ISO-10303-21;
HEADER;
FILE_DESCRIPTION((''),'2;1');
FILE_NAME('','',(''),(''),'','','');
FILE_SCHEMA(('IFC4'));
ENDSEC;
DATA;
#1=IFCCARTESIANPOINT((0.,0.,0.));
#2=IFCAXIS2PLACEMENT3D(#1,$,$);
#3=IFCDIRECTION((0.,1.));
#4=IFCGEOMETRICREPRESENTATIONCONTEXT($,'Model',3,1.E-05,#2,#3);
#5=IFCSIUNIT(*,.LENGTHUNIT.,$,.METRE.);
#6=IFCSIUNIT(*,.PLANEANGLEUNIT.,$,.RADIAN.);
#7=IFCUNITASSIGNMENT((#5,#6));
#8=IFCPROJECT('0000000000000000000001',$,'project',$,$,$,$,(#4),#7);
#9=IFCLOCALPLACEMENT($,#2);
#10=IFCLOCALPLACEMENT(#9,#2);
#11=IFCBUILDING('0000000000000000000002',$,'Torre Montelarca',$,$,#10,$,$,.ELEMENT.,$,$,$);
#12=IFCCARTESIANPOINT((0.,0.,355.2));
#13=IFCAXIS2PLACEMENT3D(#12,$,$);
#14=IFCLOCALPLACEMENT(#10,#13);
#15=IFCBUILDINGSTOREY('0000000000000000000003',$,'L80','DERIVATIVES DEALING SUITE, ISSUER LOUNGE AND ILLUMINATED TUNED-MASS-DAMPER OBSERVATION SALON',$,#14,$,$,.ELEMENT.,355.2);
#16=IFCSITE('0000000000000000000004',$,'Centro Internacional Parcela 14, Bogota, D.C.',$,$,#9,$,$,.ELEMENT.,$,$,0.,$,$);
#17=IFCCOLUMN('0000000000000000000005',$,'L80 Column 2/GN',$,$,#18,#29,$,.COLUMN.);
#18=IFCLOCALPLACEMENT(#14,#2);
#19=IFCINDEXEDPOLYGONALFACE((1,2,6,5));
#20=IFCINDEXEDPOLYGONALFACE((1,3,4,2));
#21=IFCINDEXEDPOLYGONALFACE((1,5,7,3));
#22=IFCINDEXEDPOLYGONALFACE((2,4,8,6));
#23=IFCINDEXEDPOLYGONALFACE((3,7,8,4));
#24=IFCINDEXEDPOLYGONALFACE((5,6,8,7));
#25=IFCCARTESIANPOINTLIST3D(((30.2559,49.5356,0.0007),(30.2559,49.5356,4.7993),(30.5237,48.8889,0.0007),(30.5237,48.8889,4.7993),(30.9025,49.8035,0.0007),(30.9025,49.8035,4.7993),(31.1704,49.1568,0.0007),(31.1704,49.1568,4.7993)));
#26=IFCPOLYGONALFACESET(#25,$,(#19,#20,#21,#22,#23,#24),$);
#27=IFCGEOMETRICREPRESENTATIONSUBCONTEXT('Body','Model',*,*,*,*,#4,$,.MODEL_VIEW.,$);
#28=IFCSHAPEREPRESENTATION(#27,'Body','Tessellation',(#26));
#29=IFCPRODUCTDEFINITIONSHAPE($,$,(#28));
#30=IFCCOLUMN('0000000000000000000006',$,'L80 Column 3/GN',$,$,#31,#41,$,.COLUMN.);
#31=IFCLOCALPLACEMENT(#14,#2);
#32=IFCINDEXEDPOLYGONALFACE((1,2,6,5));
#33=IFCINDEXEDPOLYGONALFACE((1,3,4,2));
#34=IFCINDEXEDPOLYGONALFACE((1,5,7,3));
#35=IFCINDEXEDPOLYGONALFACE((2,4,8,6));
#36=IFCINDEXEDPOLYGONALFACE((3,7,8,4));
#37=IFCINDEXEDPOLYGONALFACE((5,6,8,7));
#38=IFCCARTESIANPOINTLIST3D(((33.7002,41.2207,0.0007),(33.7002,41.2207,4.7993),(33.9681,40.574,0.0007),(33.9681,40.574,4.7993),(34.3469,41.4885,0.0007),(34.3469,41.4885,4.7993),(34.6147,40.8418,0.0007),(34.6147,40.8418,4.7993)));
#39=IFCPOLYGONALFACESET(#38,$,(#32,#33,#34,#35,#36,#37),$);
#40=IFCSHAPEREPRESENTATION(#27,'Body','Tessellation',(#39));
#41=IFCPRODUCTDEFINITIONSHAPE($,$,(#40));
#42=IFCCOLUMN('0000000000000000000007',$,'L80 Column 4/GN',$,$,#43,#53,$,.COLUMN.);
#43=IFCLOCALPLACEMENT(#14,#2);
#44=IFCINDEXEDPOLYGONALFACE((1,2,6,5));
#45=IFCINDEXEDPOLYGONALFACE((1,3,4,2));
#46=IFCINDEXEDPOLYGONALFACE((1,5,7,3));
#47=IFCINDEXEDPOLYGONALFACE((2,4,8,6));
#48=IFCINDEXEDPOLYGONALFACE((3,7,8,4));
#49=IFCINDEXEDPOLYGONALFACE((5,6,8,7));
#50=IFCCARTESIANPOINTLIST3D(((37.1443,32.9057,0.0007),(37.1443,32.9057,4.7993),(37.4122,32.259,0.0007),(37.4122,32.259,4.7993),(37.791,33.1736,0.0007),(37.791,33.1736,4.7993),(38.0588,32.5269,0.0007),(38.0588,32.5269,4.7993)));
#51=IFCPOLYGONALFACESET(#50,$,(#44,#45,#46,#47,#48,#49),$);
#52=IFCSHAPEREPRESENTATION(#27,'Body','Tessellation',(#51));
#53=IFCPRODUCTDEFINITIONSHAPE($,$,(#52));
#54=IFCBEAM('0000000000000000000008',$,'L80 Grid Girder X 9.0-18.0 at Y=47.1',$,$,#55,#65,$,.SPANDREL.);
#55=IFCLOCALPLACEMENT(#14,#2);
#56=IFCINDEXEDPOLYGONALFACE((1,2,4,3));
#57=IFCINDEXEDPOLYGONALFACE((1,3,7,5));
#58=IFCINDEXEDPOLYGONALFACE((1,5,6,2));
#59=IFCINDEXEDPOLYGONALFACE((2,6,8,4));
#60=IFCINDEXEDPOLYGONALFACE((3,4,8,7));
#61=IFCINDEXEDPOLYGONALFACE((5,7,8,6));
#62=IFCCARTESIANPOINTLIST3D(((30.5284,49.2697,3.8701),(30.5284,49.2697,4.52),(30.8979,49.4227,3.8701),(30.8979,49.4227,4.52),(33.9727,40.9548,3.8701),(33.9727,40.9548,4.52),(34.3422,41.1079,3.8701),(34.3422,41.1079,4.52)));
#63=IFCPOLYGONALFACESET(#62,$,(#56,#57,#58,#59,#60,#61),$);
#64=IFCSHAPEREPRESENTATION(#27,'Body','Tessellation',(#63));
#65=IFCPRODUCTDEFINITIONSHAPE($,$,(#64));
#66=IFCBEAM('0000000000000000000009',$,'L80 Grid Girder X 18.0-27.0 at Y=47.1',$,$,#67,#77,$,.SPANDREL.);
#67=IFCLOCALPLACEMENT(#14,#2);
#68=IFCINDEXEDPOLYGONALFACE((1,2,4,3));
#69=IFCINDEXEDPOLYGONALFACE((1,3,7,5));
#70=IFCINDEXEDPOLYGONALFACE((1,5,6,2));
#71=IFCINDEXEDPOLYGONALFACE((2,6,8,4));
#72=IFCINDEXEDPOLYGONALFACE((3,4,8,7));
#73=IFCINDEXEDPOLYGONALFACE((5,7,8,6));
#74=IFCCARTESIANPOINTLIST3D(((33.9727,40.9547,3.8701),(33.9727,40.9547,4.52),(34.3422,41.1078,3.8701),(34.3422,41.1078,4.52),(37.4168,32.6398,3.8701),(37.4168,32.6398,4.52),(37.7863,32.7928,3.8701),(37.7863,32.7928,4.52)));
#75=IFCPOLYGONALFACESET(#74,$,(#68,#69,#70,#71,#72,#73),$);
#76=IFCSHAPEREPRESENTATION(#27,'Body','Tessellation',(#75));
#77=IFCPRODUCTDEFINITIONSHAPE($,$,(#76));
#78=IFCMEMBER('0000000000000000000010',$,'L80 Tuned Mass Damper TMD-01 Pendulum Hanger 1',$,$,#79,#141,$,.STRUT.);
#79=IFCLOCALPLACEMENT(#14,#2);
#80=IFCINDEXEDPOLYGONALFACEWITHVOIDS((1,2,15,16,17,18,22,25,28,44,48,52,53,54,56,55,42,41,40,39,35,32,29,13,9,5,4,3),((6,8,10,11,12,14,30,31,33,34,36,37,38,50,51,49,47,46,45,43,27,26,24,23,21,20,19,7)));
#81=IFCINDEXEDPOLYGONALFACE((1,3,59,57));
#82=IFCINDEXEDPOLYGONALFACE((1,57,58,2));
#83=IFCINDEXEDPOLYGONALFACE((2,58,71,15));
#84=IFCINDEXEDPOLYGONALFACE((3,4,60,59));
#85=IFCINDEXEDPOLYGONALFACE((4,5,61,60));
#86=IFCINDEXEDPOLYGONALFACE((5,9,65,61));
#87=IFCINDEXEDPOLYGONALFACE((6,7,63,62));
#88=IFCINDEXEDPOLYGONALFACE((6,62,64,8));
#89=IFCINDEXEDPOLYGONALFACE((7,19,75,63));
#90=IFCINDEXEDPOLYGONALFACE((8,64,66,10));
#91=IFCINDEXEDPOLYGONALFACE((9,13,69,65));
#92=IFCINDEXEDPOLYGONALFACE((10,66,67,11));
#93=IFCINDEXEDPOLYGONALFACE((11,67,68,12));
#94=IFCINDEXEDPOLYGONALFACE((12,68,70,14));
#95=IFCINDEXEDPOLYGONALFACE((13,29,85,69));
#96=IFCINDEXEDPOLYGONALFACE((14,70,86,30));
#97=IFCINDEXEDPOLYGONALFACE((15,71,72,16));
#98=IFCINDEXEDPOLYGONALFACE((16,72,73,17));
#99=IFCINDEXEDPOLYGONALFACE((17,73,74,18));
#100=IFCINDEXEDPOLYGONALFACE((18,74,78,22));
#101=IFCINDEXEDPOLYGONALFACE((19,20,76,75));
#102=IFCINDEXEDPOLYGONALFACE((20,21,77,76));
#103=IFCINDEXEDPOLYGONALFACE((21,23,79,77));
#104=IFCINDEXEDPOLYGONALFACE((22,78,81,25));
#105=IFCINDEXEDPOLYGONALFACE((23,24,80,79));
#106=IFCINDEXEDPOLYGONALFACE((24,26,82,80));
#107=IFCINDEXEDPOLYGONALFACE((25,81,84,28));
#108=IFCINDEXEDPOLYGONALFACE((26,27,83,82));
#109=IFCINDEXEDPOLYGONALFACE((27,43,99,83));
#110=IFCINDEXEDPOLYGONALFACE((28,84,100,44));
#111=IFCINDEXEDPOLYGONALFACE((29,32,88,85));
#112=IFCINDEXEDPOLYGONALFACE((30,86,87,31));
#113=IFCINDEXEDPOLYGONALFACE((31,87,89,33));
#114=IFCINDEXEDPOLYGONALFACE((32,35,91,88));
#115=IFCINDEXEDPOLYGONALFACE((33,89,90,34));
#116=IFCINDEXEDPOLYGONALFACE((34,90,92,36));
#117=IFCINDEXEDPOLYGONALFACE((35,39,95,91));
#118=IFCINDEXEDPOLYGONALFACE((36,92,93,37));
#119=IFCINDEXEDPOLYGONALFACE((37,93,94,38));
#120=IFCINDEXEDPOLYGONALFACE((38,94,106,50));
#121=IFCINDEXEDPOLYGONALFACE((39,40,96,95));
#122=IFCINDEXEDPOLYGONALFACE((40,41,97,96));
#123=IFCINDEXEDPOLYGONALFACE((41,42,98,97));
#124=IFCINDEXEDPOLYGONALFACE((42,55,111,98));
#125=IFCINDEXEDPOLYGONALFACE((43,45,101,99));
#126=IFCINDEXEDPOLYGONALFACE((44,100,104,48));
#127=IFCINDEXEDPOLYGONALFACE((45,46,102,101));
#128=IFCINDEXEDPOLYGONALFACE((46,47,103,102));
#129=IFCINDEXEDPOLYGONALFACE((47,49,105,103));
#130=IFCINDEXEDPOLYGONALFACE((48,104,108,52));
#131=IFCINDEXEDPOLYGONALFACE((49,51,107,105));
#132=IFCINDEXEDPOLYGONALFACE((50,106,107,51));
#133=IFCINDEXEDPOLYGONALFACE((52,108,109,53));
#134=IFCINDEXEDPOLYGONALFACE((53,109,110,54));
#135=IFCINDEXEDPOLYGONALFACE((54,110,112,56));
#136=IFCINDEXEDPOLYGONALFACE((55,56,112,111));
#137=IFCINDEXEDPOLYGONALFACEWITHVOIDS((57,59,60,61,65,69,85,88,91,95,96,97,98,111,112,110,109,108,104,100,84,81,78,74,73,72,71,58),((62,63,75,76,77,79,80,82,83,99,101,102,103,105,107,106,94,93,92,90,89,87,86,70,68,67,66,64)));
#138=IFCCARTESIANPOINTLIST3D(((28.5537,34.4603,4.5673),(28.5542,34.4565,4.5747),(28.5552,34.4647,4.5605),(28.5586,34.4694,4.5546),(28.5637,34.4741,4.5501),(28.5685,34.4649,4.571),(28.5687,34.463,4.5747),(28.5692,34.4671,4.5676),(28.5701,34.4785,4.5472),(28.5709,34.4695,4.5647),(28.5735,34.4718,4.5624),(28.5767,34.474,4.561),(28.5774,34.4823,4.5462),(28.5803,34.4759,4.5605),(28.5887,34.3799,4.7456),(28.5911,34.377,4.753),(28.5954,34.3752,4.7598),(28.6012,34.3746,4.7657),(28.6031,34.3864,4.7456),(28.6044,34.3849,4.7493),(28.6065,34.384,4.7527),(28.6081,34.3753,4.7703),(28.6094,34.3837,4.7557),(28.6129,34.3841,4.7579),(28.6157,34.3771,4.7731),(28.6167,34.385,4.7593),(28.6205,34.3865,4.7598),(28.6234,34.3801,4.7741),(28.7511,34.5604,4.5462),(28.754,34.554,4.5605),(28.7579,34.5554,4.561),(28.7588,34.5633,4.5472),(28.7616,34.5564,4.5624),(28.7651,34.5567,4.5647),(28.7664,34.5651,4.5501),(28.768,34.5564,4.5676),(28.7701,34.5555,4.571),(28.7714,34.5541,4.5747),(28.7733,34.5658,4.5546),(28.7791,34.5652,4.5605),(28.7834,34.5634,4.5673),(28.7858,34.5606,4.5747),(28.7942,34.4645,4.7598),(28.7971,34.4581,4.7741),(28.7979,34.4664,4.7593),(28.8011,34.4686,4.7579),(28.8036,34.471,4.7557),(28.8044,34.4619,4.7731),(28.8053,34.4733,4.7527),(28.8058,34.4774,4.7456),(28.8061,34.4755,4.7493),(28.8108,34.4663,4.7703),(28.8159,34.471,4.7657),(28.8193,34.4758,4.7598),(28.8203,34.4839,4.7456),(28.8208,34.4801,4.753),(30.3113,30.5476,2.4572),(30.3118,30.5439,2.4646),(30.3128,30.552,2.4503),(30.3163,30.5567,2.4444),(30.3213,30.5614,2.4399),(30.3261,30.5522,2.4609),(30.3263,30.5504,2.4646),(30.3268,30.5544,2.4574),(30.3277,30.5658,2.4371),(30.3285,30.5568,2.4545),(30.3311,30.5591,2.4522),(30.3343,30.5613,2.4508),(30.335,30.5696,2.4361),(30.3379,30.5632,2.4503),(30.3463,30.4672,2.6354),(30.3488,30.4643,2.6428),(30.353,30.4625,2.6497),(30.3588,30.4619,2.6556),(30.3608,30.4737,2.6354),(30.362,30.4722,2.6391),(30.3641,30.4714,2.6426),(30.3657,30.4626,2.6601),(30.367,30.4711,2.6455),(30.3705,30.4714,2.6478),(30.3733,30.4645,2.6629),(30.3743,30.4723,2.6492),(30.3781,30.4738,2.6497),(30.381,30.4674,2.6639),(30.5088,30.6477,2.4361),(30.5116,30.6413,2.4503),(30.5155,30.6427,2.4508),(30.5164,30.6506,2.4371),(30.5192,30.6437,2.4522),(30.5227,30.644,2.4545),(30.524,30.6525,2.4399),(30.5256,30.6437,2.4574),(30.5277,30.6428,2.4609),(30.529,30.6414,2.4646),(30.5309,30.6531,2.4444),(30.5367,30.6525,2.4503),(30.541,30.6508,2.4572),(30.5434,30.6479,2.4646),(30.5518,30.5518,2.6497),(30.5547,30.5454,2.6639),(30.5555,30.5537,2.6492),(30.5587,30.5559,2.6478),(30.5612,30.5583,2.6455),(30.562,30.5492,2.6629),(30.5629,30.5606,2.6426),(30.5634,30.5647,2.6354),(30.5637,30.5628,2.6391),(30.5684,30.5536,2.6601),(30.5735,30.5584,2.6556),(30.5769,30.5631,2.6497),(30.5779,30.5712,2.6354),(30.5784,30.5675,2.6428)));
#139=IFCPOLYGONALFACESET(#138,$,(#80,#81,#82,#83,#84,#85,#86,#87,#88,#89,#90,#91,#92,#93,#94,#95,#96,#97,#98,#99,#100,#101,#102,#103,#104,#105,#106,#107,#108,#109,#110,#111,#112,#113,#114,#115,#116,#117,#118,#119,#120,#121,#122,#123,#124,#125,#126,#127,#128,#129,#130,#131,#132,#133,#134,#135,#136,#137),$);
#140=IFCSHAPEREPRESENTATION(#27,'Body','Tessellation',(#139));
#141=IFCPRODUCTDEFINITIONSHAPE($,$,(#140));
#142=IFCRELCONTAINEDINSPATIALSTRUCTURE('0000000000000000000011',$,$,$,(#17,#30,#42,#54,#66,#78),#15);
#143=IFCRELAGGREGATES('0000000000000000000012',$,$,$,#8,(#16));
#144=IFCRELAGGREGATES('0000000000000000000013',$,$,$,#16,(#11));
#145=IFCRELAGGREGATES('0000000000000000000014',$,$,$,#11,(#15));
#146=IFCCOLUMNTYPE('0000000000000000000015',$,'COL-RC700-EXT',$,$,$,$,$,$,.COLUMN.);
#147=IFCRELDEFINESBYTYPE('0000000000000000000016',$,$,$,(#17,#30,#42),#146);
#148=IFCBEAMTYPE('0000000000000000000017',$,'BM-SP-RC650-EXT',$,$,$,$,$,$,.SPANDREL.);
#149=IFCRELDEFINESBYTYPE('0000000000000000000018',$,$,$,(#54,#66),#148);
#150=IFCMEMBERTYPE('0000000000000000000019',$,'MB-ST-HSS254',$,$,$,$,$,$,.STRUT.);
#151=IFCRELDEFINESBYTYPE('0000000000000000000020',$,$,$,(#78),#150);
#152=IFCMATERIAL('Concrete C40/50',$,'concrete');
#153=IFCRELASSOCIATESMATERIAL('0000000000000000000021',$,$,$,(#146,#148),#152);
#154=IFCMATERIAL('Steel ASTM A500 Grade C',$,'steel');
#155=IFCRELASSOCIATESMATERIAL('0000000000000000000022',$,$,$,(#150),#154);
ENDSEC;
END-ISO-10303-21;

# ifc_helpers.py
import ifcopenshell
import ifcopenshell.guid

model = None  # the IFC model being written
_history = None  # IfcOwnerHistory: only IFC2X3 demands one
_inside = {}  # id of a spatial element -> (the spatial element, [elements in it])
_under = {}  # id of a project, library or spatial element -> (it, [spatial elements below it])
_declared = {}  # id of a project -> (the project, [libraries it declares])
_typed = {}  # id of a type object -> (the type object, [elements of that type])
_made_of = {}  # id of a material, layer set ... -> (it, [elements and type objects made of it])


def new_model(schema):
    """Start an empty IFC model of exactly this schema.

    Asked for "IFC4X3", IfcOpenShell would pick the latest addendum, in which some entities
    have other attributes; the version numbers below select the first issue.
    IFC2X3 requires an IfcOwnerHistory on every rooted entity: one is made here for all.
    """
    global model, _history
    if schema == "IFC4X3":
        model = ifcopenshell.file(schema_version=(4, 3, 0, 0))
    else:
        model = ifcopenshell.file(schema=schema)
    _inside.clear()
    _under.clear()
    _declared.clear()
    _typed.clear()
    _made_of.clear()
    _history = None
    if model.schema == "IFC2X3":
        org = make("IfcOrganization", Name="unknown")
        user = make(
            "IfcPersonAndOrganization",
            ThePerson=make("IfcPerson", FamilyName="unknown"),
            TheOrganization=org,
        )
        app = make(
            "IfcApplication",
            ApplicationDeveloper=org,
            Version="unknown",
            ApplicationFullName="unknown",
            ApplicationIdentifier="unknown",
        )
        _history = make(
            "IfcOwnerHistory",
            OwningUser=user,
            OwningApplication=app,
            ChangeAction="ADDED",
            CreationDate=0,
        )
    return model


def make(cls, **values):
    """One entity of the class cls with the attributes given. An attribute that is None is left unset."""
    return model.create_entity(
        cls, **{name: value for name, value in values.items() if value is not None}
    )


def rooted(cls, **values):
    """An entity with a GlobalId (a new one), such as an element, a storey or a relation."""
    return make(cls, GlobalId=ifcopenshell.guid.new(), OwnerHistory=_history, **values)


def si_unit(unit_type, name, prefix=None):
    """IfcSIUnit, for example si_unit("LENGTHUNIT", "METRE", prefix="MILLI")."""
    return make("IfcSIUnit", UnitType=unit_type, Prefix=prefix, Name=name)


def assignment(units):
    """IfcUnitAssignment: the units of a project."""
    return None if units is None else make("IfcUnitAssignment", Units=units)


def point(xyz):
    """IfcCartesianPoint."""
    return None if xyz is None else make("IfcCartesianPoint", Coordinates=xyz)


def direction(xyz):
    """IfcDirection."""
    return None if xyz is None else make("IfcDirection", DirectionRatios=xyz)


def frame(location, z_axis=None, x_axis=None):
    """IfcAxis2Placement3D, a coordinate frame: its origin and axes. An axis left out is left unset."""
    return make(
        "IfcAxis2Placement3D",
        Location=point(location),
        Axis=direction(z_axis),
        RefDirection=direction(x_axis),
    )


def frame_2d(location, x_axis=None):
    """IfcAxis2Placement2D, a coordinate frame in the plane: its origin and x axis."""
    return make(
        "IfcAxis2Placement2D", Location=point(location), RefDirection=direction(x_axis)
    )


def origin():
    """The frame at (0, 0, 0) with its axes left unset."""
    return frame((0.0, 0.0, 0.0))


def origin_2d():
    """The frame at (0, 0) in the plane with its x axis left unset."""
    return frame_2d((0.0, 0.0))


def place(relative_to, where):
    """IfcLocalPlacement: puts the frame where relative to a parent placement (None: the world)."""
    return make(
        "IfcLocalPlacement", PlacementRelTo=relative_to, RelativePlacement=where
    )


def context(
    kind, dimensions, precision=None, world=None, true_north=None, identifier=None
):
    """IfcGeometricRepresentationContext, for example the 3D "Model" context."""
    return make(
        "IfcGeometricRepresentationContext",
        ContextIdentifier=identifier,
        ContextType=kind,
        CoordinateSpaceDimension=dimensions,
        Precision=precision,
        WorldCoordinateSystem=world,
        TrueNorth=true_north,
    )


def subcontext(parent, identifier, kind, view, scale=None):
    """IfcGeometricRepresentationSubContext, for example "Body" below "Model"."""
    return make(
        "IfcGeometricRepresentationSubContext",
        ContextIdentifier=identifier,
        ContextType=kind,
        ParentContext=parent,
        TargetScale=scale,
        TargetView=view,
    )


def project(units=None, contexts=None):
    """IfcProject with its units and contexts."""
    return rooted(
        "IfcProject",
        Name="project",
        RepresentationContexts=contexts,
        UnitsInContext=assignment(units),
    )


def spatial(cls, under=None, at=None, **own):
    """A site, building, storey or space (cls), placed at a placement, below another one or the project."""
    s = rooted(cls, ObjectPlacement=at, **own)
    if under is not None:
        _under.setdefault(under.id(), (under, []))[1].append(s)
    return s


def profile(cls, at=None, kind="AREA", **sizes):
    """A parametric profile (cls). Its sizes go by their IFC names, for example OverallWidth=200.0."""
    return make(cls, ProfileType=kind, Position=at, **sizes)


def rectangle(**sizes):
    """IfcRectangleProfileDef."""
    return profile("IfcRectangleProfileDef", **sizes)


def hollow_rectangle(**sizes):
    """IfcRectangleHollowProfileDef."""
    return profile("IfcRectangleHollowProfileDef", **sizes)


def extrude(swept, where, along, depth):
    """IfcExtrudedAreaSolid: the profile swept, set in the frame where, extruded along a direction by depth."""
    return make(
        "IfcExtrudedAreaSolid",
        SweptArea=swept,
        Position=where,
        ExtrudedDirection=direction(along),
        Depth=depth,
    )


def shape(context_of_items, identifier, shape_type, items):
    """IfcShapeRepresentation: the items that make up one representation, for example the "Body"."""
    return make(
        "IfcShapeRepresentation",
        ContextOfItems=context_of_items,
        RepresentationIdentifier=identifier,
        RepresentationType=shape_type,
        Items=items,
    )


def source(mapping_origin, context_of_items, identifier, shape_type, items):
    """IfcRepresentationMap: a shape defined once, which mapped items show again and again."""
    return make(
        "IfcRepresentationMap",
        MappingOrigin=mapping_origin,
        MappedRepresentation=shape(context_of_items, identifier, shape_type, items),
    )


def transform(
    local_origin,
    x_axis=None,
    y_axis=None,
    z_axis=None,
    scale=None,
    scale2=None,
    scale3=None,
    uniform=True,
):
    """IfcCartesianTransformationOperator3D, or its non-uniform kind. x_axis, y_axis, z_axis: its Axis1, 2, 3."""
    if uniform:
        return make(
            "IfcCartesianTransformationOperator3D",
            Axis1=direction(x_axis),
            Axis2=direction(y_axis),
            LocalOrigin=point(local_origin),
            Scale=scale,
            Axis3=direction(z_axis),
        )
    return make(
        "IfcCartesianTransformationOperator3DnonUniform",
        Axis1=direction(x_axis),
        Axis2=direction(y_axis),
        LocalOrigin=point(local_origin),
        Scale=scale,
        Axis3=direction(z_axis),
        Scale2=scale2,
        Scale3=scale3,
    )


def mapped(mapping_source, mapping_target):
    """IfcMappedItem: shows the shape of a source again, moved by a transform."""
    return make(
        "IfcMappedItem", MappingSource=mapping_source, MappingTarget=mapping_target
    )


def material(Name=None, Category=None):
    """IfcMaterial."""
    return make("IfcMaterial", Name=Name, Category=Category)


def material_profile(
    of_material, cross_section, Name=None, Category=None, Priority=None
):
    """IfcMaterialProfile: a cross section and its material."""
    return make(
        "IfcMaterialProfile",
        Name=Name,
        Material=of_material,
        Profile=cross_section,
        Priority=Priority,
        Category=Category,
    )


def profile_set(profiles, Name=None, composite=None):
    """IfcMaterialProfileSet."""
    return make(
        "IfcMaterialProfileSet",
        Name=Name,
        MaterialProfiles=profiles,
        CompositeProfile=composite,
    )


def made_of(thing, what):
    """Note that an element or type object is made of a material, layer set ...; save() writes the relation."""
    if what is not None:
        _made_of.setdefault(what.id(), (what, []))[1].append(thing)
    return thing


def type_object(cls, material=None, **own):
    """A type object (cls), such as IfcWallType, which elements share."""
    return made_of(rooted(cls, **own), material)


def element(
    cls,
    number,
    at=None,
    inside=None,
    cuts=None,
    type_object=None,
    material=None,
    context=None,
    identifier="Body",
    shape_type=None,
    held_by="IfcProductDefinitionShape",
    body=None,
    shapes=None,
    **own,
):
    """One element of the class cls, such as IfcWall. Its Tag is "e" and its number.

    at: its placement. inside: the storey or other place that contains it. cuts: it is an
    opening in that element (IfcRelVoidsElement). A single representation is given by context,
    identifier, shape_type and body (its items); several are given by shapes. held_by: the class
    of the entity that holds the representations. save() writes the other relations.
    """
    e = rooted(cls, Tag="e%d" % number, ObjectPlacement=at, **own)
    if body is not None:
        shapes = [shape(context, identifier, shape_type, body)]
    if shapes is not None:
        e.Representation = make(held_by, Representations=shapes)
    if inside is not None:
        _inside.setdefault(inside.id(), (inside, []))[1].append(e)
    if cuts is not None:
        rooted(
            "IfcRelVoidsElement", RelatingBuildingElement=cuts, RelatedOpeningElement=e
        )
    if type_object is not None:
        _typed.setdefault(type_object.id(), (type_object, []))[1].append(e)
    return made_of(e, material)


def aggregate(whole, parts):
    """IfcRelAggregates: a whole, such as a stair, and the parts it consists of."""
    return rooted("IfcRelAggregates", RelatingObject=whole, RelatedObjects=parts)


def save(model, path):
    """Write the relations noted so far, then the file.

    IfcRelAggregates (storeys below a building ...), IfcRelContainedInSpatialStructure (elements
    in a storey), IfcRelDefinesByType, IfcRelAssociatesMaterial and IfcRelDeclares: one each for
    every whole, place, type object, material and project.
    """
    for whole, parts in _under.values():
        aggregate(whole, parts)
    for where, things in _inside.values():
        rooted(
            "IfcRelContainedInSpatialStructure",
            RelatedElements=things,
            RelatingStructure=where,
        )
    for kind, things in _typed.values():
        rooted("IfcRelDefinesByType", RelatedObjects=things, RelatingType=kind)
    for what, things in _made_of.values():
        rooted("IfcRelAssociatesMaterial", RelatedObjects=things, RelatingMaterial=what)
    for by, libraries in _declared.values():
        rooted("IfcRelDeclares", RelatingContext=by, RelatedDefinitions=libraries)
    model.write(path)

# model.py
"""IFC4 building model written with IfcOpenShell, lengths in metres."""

from ifc_helpers import new_model, si_unit, direction, frame, origin, origin_2d, place, context, subcontext, project, spatial, rectangle, hollow_rectangle, extrude, source, transform, mapped, material, material_profile, profile_set, type_object, element, save


model = new_model("IFC4")

# Units and contexts
model_context = context("Model", 3, precision=1e-05, world=origin(), true_north=direction((0.0, 1.0)))
body_context = subcontext(model_context, "Body", "Model", "MODEL_VIEW")
ifc_project = project(units=[si_unit("LENGTHUNIT", "METRE"), si_unit("PLANEANGLEUNIT", "RADIAN")], contexts=[model_context])

# Site, building, storey
site_placement = place(None, origin())
site = spatial("IfcSite", under=ifc_project, at=site_placement, Name="Centro Internacional Parcela 14, Bogota, D.C.", CompositionType="ELEMENT", RefElevation=0.0)
building_placement = place(site_placement, origin())
building = spatial("IfcBuilding", under=site, at=building_placement, Name="Torre Montelarca", CompositionType="ELEMENT")
storey_placement = place(building_placement, frame((0.0, 0.0, 355.2)))
storey = spatial("IfcBuildingStorey", under=building, at=storey_placement, Name="L80", Description="DERIVATIVES DEALING SUITE, ISSUER LOUNGE AND ILLUMINATED TUNED-MASS-DAMPER OBSERVATION SALON", CompositionType="ELEMENT", Elevation=355.2)

# Columns
ifc_material_1 = material(Name="Concrete C40/50", Category="concrete")
ifc_material_profile_1 = material_profile(ifc_material_1, rectangle(XDim=0.7, YDim=0.7, at=origin_2d()), Name="RC700X700", Category="concrete")
ifc_profile_set_1 = profile_set([ifc_material_profile_1], Name="Concrete C40/50")
column_type = type_object("IfcColumnType", Name="COL-RC700-EXT", PredefinedType="COLUMN", material=ifc_profile_set_1)
shared_shape_1 = source(origin(), body_context, "Body", "SweptSolid", [
    extrude(rectangle(XDim=0.7, YDim=0.7, at=origin_2d()), origin(), (0.0, 0.0, 1.0), 4.7986),
])
for number, where, z_axis, x_axis, name in (
    (1, (30.7131, 49.3462, 0.0007), (0.0, 0.0, 1.0), (-0.382683, 0.92388, 0.0), "L80 Column 2/GN"),
    (2, (34.1575, 41.0312, 0.0007), (0.0, 0.0, 1.0), (-0.382683, 0.92388, 0.0), "L80 Column 3/GN"),
    (3, (37.6016, 32.7163, 0.0007), (0.0, 0.0, 1.0), (-0.382683, 0.92388, 0.0), "L80 Column 4/GN"),
):
    element("IfcColumn", number, at=place(storey_placement, frame(where, z_axis=z_axis, x_axis=x_axis)), inside=storey, type_object=column_type, Name=name, PredefinedType="COLUMN", context=body_context, shape_type="MappedRepresentation", body=[
        mapped(shared_shape_1, transform((0.0, 0.0, 0.0), scale=1.0)),
    ])

# Beams
ifc_material_profile_2 = material_profile(ifc_material_1, rectangle(XDim=0.3999, YDim=0.6499, at=origin_2d()), Name="RCB400X650", Category="concrete")
ifc_profile_set_2 = profile_set([ifc_material_profile_2], Name="Concrete C40/50")
beam_type = type_object("IfcBeamType", Name="BM-SP-RC650-EXT", PredefinedType="SPANDREL", material=ifc_profile_set_2)
shared_shape_2 = source(origin(), body_context, "Body", "SweptSolid", [
    extrude(rectangle(XDim=0.3999, YDim=0.6499, at=origin_2d()), origin(), (0.0, 0.0, 1.0), 9.0),
])
for number, where, z_axis, x_axis, name in (
    (4, (30.7131, 49.3462, 4.1951), (0.3827, -0.923873, 0.0), (0.923873, 0.3827, 0.0), "L80 Grid Girder X 9.0-18.0 at Y=47.1"),
    (5, (34.1575, 41.0312, 4.1951), (0.382677, -0.923882, 0.0), (0.923882, 0.382677, 0.0), "L80 Grid Girder X 18.0-27.0 at Y=47.1"),
):
    element("IfcBeam", number, at=place(storey_placement, frame(where, z_axis=z_axis, x_axis=x_axis)), inside=storey, type_object=beam_type, Name=name, PredefinedType="SPANDREL", context=body_context, shape_type="MappedRepresentation", body=[
        mapped(shared_shape_2, transform((0.0, 0.0, 0.0), scale=1.0)),
    ])

# Member
ifc_material_2 = material(Name="Steel ASTM A500 Grade C", Category="steel")
ifc_material_profile_3 = material_profile(ifc_material_2, hollow_rectangle(XDim=0.2539, YDim=0.2539, WallThickness=0.0159, InnerFilletRadius=0.0159, OuterFilletRadius=0.0317, at=origin_2d()), Name="HSS254X254X15.9", Category="steel")
ifc_profile_set_3 = profile_set([ifc_material_profile_3], Name="Steel ASTM A500 Grade C")
member_type_1 = type_object("IfcMemberType", Name="MB-ST-HSS254", PredefinedType="STRUT", material=ifc_profile_set_3)
shared_shape_3 = source(origin(), body_context, "Body", "SweptSolid", [
    extrude(hollow_rectangle(XDim=0.2539, YDim=0.2539, WallThickness=0.0159, InnerFilletRadius=0.0159, OuterFilletRadius=0.0317, at=origin_2d()), origin(), (0.0, 0.0, 1.0), 4.7803),
])
member_1_placement = place(storey_placement, frame((28.6873, 34.4702, 4.6602), z_axis=(0.367679, -0.818506, -0.441429), x_axis=(0.912192, 0.409763, 0.0)))
element("IfcMember", 6, at=member_1_placement, inside=storey, type_object=member_type_1, Name="L80 Tuned Mass Damper TMD-01 Pendulum Hanger 1", PredefinedType="STRUT", context=body_context, shape_type="MappedRepresentation", body=[
    mapped(shared_shape_3, transform((0.0, 0.0, 0.0), scale=1.0)),
])

save(model, "model.ifc")
